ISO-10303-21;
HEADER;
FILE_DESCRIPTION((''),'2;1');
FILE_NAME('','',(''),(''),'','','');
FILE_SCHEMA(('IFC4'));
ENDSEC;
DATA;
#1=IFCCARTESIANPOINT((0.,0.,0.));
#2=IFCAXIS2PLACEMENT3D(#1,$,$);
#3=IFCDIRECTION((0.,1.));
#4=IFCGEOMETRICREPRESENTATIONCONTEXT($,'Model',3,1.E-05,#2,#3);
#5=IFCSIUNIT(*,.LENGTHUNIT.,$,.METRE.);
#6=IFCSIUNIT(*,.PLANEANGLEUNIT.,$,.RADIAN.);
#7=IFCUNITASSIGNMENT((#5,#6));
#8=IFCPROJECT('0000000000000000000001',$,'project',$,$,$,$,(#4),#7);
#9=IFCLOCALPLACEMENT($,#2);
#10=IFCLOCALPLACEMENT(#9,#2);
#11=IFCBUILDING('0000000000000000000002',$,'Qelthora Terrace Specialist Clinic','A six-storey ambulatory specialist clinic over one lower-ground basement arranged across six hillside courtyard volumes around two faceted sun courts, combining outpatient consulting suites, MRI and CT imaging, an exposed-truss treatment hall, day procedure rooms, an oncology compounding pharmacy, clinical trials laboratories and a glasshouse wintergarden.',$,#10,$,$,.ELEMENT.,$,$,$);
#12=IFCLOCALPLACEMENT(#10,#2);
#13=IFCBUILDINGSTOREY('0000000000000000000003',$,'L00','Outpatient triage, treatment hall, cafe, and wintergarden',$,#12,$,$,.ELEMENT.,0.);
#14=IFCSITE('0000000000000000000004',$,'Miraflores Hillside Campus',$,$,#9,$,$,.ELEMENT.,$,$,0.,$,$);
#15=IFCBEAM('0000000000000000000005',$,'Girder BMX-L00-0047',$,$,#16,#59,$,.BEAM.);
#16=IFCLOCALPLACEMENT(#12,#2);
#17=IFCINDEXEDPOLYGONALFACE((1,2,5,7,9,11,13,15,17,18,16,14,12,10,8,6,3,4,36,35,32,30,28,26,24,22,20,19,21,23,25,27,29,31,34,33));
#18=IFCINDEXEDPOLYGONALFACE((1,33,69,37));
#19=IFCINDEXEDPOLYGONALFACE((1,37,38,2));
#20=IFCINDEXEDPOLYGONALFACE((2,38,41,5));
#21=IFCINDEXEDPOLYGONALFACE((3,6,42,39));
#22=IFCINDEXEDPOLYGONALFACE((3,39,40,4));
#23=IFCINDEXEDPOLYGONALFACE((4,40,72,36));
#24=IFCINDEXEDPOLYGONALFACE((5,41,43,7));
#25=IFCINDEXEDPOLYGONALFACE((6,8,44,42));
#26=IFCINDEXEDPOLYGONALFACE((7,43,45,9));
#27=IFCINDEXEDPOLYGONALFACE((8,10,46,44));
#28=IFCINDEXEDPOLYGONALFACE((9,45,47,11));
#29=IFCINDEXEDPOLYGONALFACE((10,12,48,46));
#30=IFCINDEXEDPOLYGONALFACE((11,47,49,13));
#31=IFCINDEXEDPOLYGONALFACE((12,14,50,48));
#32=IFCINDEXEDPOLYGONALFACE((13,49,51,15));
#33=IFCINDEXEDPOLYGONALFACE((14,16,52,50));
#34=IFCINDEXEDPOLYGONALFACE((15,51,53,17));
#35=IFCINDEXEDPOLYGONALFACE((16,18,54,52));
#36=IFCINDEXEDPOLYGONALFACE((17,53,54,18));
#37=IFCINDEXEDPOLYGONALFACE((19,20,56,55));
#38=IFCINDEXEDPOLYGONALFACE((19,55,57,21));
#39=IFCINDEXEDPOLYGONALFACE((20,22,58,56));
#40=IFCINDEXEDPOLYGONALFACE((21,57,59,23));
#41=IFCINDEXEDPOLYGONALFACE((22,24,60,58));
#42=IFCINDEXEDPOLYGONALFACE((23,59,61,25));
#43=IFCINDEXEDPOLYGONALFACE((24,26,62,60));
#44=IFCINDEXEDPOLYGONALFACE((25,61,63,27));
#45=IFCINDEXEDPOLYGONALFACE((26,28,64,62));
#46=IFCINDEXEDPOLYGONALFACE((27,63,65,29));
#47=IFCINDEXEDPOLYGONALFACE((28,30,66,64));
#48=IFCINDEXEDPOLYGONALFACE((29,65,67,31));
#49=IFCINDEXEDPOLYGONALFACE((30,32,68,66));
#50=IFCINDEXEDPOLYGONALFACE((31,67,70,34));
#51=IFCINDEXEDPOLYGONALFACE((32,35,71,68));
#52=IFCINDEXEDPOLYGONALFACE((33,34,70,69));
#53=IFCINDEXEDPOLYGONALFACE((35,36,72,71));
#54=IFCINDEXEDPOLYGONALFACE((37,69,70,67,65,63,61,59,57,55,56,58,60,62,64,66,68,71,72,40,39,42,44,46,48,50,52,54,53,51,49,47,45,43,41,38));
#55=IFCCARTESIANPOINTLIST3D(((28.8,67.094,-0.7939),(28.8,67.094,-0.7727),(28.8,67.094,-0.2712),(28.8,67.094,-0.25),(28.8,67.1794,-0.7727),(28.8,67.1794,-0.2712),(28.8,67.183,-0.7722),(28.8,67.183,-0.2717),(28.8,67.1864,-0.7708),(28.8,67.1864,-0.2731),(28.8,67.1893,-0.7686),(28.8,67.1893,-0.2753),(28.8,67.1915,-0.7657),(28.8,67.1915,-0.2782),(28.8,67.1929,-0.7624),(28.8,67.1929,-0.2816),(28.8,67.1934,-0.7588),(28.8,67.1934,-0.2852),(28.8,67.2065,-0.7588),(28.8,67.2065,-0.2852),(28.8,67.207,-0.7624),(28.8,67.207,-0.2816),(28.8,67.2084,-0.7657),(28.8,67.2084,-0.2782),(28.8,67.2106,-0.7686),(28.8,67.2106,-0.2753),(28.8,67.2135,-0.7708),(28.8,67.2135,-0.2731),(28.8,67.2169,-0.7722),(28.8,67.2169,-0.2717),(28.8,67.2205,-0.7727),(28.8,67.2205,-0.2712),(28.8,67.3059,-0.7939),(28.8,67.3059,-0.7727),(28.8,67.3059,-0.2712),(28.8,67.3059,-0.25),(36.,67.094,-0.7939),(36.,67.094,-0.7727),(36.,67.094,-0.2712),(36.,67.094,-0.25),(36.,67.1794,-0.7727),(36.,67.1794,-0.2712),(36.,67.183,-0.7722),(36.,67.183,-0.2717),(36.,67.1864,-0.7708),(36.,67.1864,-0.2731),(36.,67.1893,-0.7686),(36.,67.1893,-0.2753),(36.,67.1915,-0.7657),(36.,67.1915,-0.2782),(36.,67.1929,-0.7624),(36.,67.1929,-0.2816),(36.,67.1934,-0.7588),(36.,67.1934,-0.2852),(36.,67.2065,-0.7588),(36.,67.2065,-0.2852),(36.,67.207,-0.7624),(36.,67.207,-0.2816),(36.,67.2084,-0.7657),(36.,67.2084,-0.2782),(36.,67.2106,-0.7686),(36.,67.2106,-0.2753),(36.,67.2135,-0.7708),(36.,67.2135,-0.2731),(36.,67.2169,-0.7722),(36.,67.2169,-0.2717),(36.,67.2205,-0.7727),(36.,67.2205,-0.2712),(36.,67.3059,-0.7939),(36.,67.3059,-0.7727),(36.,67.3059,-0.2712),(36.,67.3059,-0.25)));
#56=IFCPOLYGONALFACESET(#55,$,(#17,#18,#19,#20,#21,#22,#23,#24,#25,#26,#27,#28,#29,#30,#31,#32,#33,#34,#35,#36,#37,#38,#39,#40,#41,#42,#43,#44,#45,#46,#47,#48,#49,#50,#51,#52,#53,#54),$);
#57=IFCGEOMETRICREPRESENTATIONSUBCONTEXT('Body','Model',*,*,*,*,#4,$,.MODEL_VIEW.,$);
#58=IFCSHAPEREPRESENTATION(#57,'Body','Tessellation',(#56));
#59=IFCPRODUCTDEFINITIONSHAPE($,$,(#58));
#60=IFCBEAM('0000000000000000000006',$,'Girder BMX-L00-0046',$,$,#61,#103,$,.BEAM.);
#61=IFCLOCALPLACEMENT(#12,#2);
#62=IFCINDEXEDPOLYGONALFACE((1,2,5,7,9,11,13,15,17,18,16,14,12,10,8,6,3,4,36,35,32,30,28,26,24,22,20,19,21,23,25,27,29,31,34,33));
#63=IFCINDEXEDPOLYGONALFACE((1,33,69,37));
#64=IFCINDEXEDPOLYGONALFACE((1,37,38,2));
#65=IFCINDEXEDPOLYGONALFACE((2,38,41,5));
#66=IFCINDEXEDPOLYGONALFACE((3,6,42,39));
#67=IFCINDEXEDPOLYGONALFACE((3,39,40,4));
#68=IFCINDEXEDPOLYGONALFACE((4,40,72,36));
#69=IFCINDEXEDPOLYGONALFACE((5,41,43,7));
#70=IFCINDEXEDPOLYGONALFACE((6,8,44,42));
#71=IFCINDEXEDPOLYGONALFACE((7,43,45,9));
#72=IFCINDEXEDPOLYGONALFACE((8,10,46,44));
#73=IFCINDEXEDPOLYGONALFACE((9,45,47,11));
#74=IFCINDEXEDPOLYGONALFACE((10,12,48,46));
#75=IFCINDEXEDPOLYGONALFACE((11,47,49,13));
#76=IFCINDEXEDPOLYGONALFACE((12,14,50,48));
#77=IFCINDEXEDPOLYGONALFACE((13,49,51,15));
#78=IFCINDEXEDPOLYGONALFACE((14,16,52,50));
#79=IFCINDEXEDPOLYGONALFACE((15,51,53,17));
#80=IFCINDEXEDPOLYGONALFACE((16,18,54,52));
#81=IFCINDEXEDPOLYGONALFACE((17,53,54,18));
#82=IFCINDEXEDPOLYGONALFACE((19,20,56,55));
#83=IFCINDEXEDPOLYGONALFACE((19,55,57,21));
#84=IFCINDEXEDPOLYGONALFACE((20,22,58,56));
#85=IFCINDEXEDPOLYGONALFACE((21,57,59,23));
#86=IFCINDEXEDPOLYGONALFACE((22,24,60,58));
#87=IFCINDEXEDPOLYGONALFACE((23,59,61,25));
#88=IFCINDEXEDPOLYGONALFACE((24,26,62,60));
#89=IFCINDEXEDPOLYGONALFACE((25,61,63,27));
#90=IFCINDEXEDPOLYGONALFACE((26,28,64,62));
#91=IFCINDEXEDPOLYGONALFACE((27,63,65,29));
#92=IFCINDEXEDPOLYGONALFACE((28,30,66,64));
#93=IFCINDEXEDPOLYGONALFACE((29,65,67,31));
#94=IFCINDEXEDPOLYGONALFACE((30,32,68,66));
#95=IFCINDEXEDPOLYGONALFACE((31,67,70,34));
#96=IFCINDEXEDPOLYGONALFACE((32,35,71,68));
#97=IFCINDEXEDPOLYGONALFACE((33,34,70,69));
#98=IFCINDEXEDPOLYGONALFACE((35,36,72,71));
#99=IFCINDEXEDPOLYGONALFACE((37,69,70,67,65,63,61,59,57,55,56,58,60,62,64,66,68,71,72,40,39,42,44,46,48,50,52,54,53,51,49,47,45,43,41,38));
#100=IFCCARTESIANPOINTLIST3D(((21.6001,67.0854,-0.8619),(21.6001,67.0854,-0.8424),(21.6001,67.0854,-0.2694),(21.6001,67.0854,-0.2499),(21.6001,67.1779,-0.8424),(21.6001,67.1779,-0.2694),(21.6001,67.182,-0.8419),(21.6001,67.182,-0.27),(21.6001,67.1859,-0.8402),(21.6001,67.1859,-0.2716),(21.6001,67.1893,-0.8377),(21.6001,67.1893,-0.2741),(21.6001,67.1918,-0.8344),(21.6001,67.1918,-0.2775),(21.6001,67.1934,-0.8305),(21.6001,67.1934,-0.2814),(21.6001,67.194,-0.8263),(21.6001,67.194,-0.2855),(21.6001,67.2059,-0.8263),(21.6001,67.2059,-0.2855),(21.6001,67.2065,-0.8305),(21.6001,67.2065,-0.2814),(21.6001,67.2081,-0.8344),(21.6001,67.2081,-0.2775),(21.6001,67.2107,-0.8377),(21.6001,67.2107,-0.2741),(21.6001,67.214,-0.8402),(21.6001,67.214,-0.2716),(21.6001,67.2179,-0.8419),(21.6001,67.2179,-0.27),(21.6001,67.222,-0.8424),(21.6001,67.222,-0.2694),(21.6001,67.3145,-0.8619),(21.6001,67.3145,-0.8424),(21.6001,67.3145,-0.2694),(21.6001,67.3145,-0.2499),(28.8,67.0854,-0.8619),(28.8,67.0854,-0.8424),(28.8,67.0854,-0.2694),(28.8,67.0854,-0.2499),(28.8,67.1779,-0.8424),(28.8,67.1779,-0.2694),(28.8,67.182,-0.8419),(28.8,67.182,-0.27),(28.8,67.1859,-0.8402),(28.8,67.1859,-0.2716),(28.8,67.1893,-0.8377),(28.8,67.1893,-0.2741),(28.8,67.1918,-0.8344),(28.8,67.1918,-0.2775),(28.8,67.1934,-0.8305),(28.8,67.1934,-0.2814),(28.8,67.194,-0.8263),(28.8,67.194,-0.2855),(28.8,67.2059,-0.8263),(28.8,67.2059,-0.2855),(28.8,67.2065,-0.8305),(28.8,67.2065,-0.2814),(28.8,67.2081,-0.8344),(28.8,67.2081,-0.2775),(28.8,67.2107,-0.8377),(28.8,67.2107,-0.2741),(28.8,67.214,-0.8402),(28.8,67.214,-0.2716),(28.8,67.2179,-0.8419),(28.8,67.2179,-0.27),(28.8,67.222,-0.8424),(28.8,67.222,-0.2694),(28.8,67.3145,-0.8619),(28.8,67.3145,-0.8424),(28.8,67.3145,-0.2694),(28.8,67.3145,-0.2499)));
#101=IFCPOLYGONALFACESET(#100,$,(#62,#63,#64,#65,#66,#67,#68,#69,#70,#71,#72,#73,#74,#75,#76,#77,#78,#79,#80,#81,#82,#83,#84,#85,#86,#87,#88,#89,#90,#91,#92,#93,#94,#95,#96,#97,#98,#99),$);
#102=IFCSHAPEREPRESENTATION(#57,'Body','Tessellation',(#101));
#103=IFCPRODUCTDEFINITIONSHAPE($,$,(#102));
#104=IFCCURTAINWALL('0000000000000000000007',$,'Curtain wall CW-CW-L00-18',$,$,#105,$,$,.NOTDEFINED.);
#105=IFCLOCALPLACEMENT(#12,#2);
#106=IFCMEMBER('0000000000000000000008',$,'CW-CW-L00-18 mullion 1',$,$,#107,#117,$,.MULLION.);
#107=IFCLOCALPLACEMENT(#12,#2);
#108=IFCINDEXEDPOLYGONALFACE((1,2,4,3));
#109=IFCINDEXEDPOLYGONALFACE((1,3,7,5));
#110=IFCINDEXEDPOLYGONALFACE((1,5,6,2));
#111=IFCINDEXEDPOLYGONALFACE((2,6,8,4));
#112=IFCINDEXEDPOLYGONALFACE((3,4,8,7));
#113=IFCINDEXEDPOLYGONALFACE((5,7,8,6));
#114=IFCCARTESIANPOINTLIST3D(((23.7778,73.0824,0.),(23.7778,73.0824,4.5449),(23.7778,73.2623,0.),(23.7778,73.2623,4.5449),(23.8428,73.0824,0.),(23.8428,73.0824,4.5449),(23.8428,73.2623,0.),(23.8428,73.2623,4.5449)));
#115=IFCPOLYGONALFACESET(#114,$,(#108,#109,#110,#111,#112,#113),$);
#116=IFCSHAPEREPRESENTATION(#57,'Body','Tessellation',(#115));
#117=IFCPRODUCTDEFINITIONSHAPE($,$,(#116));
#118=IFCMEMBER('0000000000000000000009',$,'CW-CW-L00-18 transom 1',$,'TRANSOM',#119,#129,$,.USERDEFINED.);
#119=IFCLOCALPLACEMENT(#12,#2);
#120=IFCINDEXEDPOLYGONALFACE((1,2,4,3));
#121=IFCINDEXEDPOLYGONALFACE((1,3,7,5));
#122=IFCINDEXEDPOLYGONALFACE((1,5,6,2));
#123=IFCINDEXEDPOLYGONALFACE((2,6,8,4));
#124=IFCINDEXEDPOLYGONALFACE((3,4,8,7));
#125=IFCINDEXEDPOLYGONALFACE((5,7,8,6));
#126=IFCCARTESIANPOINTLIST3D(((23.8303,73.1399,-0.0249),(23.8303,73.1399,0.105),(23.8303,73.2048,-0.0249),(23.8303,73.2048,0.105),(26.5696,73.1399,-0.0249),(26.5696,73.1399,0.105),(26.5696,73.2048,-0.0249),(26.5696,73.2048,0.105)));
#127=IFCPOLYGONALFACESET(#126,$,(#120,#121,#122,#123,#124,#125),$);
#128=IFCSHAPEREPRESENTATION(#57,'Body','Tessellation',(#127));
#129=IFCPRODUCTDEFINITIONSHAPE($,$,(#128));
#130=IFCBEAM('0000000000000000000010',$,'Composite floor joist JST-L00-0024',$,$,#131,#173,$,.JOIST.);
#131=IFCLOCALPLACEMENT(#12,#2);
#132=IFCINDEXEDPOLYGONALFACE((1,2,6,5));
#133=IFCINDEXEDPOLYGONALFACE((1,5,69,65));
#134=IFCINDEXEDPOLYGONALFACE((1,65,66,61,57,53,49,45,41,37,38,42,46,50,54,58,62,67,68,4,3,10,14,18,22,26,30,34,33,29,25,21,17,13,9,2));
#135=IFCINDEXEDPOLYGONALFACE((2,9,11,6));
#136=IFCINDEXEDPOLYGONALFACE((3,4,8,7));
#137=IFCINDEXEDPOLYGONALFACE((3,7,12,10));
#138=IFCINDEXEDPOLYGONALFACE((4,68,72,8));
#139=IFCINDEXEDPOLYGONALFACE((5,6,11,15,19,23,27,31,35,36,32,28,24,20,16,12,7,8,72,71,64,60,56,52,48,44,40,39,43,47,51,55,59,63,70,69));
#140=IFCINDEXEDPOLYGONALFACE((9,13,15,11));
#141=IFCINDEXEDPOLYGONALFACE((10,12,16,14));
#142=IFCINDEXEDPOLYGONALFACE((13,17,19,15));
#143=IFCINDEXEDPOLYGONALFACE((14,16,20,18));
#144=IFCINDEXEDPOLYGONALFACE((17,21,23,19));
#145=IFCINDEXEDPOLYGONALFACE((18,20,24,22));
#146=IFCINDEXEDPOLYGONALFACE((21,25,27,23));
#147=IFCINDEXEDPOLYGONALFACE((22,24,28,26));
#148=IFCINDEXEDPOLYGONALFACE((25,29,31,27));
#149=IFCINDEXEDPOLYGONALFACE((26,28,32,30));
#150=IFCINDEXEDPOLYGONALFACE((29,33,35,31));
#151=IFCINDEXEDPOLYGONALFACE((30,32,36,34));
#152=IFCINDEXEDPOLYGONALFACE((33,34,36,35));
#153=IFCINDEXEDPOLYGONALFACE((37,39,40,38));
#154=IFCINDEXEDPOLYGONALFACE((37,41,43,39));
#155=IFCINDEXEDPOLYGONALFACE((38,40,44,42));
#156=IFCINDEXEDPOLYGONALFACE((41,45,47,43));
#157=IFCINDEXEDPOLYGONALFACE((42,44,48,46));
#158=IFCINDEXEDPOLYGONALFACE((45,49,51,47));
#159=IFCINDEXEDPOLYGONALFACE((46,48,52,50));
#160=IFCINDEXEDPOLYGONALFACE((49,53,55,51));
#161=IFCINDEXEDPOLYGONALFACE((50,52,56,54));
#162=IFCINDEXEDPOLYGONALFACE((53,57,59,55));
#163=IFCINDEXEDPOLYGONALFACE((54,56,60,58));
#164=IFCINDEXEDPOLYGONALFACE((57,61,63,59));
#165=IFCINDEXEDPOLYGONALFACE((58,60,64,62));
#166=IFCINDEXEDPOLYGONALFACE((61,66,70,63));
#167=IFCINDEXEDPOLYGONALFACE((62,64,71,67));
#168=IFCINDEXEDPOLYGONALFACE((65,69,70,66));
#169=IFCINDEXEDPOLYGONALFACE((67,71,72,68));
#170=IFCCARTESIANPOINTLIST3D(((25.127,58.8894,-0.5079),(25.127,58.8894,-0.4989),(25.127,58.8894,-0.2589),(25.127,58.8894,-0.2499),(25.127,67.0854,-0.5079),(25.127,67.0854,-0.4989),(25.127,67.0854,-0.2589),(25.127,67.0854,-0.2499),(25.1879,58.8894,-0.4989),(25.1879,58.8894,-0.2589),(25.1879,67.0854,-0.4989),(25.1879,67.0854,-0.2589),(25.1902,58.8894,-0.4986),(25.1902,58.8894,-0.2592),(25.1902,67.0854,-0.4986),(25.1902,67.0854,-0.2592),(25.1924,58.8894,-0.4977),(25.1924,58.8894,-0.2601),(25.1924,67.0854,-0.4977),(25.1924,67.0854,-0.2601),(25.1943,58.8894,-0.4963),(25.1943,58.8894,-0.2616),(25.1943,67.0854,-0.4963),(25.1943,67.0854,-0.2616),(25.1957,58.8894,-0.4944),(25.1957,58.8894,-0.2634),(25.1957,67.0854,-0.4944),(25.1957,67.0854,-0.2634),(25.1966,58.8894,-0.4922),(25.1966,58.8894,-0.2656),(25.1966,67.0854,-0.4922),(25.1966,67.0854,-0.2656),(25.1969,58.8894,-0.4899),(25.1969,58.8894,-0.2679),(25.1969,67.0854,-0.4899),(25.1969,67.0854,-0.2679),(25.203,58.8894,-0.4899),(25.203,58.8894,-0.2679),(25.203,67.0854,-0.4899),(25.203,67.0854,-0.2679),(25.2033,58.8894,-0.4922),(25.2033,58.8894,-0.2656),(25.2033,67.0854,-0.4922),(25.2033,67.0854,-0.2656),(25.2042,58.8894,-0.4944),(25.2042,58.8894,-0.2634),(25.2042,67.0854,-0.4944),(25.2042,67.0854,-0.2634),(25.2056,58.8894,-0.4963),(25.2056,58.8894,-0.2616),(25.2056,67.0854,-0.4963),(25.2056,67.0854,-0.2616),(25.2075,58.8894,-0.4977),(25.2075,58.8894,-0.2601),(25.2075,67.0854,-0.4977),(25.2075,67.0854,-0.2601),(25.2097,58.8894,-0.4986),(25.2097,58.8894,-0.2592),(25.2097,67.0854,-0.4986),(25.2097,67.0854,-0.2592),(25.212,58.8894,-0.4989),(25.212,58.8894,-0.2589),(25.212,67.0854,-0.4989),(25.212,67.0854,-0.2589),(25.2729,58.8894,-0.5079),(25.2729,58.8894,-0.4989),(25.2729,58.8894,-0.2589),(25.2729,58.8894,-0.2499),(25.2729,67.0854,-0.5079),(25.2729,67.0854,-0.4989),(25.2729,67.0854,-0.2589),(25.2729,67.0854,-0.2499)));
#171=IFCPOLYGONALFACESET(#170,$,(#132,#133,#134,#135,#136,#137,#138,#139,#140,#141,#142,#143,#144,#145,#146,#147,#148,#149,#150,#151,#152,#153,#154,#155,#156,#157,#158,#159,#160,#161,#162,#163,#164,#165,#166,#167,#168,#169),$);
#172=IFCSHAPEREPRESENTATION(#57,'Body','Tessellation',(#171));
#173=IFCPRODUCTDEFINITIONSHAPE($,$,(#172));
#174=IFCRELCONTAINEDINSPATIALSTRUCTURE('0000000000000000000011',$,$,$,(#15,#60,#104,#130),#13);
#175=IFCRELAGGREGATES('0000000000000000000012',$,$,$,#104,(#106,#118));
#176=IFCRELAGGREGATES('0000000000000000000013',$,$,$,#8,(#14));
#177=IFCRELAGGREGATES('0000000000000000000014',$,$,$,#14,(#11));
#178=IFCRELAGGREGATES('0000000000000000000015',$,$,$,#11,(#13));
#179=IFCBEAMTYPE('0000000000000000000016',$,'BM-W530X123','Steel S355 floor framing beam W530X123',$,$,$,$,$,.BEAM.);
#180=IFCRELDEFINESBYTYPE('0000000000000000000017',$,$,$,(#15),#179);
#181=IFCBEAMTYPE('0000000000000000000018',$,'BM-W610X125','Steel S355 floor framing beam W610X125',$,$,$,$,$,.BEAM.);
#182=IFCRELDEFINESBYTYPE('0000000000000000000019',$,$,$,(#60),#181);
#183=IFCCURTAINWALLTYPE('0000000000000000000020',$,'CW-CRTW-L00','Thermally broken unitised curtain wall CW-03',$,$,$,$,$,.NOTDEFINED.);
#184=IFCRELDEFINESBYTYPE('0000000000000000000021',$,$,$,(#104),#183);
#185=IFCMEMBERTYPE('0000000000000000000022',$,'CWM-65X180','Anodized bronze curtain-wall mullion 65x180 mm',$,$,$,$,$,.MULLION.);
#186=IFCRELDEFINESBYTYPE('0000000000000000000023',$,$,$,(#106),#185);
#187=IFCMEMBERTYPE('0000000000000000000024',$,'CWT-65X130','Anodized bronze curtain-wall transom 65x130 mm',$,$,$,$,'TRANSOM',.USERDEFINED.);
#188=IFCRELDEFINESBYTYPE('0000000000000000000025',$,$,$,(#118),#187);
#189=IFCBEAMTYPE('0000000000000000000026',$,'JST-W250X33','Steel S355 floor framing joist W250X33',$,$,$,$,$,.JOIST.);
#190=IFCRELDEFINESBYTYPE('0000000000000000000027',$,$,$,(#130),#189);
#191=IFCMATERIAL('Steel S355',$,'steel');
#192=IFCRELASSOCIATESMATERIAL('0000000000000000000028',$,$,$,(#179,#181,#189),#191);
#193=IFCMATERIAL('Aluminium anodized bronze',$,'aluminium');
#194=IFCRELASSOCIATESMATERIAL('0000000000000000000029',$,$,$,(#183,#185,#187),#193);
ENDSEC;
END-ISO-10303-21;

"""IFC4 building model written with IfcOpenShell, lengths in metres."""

from ifc_helpers import new_model, si_unit, direction, frame, origin, origin_2d, place, context, subcontext, project, spatial, rectangle, i_section, extrude, material, material_profile, profile_set, type_object, element, aggregate, save


model = new_model("IFC4")

# Units and contexts
model_context = context("Model", 3, precision=1e-05, world=origin(), true_north=direction((0.0, 1.0)))
body_context = subcontext(model_context, "Body", "Model", "MODEL_VIEW")
ifc_project = project(units=[si_unit("LENGTHUNIT", "METRE"), si_unit("PLANEANGLEUNIT", "RADIAN")], contexts=[model_context])

# Site, building, storey
site_placement = place(None, origin())
site = spatial("IfcSite", under=ifc_project, at=site_placement, Name="Miraflores Hillside Campus", CompositionType="ELEMENT", RefElevation=0.0)
building_placement = place(site_placement, origin())
building = spatial("IfcBuilding", under=site, at=building_placement, Name="Qelthora Terrace Specialist Clinic", Description="A six-storey ambulatory specialist clinic over one lower-ground basement arranged across six hillside courtyard volumes around two faceted sun courts, combining outpatient consulting suites, MRI and CT imaging, an exposed-truss treatment hall, day procedure rooms, an oncology compounding pharmacy, clinical trials laboratories and a glasshouse wintergarden.", CompositionType="ELEMENT")
storey_placement = place(building_placement, origin())
storey = spatial("IfcBuildingStorey", under=building, at=storey_placement, Name="L00", Description="Outpatient triage, treatment hall, cafe, and wintergarden", CompositionType="ELEMENT", Elevation=0.0)

# Shared definitions
ifc_material_1 = material(Name="Steel S355", Category="steel")

# Beams
ifc_material_profile_1 = material_profile(ifc_material_1, i_section(OverallWidth=0.2119, OverallDepth=0.5439, WebThickness=0.0132, FlangeThickness=0.0212, FilletRadius=0.0139, at=origin_2d()), Name="W530X123")
ifc_profile_set_1 = profile_set([ifc_material_profile_1], Name="Steel S355")
beam_type_1 = type_object("IfcBeamType", Name="BM-W530X123", Description="Steel S355 floor framing beam W530X123", PredefinedType="BEAM", material=ifc_profile_set_1)
beam_1_placement = place(storey_placement, frame((28.8, 67.2, -0.522), z_axis=(1.0, 0.0, 0.0), x_axis=(0.0, 1.0, 0.0)))
element("IfcBeam", 1, at=beam_1_placement, inside=storey, type_object=beam_type_1, Name="Girder BMX-L00-0047", PredefinedType="BEAM", context=body_context, shape_type="SweptSolid", body=[
    extrude(i_section(OverallWidth=0.2119, OverallDepth=0.5439, WebThickness=0.0132, FlangeThickness=0.0212, FilletRadius=0.0139, at=origin_2d()), origin(), (0.0, 0.0, 1.0), 7.2),
])
ifc_material_profile_2 = material_profile(ifc_material_1, i_section(OverallWidth=0.229, OverallDepth=0.6121, WebThickness=0.012, FlangeThickness=0.0195, FilletRadius=0.0161, at=origin_2d()), Name="W610X125")
ifc_profile_set_2 = profile_set([ifc_material_profile_2], Name="Steel S355")
beam_type_2 = type_object("IfcBeamType", Name="BM-W610X125", Description="Steel S355 floor framing beam W610X125", PredefinedType="BEAM", material=ifc_profile_set_2)
beam_2_placement = place(storey_placement, frame((21.6001, 67.2, -0.5559), z_axis=(1.0, 0.0, 0.0), x_axis=(0.0, 1.0, 0.0)))
element("IfcBeam", 2, at=beam_2_placement, inside=storey, type_object=beam_type_2, Name="Girder BMX-L00-0046", PredefinedType="BEAM", context=body_context, shape_type="SweptSolid", body=[
    extrude(i_section(OverallWidth=0.229, OverallDepth=0.6121, WebThickness=0.012, FlangeThickness=0.0195, FilletRadius=0.0161, at=origin_2d()), origin(), (0.0, 0.0, 1.0), 7.2),
])

# Curtain wall, members
ifc_material_2 = material(Name="Aluminium anodized bronze", Category="aluminium")
curtain_wall_type = type_object("IfcCurtainWallType", Name="CW-CRTW-L00", Description="Thermally broken unitised curtain wall CW-03", PredefinedType="NOTDEFINED", material=ifc_material_2)
curtain_wall_placement = place(storey_placement, origin())
curtain_wall = element("IfcCurtainWall", 3, at=curtain_wall_placement, inside=storey, type_object=curtain_wall_type, Name="Curtain wall CW-CW-L00-18", PredefinedType="NOTDEFINED")
ifc_material_profile_3 = material_profile(ifc_material_2, rectangle(XDim=0.0649, YDim=0.1799, at=origin_2d()), Name="CWM65X180")
ifc_profile_set_3 = profile_set([ifc_material_profile_3], Name="Aluminium anodized bronze")
member_type_1 = type_object("IfcMemberType", Name="CWM-65X180", Description="Anodized bronze curtain-wall mullion 65x180 mm", PredefinedType="MULLION", material=ifc_profile_set_3)
member_1_placement = place(storey_placement, frame((23.8103, 73.1724, 0.0), z_axis=(0.0, 0.0, 1.0), x_axis=(1.0, 0.0, 0.0)))
member_1 = element("IfcMember", 4, at=member_1_placement, type_object=member_type_1, Name="CW-CW-L00-18 mullion 1", PredefinedType="MULLION", context=body_context, shape_type="SweptSolid", body=[
    extrude(rectangle(XDim=0.0649, YDim=0.1799, at=origin_2d()), origin(), (0.0, 0.0, 1.0), 4.5449),
])
ifc_material_profile_4 = material_profile(ifc_material_2, rectangle(XDim=0.0649, YDim=0.1299, at=origin_2d()), Name="CWT65X130")
ifc_profile_set_4 = profile_set([ifc_material_profile_4], Name="Aluminium anodized bronze")
member_type_2 = type_object("IfcMemberType", Name="CWT-65X130", Description="Anodized bronze curtain-wall transom 65x130 mm", ElementType="TRANSOM", PredefinedType="USERDEFINED", material=ifc_profile_set_4)
member_2_placement = place(storey_placement, frame((23.8303, 73.1724, 0.04), z_axis=(1.0, 0.0, 0.0), x_axis=(0.0, 1.0, 0.0)))
member_2 = element("IfcMember", 5, at=member_2_placement, type_object=member_type_2, Name="CW-CW-L00-18 transom 1", ObjectType="TRANSOM", PredefinedType="USERDEFINED", context=body_context, shape_type="SweptSolid", body=[
    extrude(rectangle(XDim=0.0649, YDim=0.1299, at=origin_2d()), origin(), (0.0, 0.0, 1.0), 2.7393),
])
aggregate(curtain_wall, [member_1, member_2])

# Beam
ifc_material_profile_5 = material_profile(ifc_material_1, i_section(OverallWidth=0.146, OverallDepth=0.2581, WebThickness=0.0061, FlangeThickness=0.009, FilletRadius=0.009, at=origin_2d()), Name="W250X33")
ifc_profile_set_5 = profile_set([ifc_material_profile_5], Name="Steel S355")
beam_type_3 = type_object("IfcBeamType", Name="JST-W250X33", Description="Steel S355 floor framing joist W250X33", PredefinedType="JOIST", material=ifc_profile_set_5)
beam_3_placement = place(storey_placement, frame((25.2, 58.8894, -0.3789), z_axis=(0.0, 1.0, 0.0), x_axis=(-1.0, 0.0, 0.0)))
element("IfcBeam", 6, at=beam_3_placement, inside=storey, type_object=beam_type_3, Name="Composite floor joist JST-L00-0024", PredefinedType="JOIST", context=body_context, shape_type="SweptSolid", body=[
    extrude(i_section(OverallWidth=0.146, OverallDepth=0.2581, WebThickness=0.0061, FlangeThickness=0.009, FilletRadius=0.009, at=origin_2d()), origin(), (0.0, 0.0, 1.0), 8.196),
])

save(model, "model.ifc")
